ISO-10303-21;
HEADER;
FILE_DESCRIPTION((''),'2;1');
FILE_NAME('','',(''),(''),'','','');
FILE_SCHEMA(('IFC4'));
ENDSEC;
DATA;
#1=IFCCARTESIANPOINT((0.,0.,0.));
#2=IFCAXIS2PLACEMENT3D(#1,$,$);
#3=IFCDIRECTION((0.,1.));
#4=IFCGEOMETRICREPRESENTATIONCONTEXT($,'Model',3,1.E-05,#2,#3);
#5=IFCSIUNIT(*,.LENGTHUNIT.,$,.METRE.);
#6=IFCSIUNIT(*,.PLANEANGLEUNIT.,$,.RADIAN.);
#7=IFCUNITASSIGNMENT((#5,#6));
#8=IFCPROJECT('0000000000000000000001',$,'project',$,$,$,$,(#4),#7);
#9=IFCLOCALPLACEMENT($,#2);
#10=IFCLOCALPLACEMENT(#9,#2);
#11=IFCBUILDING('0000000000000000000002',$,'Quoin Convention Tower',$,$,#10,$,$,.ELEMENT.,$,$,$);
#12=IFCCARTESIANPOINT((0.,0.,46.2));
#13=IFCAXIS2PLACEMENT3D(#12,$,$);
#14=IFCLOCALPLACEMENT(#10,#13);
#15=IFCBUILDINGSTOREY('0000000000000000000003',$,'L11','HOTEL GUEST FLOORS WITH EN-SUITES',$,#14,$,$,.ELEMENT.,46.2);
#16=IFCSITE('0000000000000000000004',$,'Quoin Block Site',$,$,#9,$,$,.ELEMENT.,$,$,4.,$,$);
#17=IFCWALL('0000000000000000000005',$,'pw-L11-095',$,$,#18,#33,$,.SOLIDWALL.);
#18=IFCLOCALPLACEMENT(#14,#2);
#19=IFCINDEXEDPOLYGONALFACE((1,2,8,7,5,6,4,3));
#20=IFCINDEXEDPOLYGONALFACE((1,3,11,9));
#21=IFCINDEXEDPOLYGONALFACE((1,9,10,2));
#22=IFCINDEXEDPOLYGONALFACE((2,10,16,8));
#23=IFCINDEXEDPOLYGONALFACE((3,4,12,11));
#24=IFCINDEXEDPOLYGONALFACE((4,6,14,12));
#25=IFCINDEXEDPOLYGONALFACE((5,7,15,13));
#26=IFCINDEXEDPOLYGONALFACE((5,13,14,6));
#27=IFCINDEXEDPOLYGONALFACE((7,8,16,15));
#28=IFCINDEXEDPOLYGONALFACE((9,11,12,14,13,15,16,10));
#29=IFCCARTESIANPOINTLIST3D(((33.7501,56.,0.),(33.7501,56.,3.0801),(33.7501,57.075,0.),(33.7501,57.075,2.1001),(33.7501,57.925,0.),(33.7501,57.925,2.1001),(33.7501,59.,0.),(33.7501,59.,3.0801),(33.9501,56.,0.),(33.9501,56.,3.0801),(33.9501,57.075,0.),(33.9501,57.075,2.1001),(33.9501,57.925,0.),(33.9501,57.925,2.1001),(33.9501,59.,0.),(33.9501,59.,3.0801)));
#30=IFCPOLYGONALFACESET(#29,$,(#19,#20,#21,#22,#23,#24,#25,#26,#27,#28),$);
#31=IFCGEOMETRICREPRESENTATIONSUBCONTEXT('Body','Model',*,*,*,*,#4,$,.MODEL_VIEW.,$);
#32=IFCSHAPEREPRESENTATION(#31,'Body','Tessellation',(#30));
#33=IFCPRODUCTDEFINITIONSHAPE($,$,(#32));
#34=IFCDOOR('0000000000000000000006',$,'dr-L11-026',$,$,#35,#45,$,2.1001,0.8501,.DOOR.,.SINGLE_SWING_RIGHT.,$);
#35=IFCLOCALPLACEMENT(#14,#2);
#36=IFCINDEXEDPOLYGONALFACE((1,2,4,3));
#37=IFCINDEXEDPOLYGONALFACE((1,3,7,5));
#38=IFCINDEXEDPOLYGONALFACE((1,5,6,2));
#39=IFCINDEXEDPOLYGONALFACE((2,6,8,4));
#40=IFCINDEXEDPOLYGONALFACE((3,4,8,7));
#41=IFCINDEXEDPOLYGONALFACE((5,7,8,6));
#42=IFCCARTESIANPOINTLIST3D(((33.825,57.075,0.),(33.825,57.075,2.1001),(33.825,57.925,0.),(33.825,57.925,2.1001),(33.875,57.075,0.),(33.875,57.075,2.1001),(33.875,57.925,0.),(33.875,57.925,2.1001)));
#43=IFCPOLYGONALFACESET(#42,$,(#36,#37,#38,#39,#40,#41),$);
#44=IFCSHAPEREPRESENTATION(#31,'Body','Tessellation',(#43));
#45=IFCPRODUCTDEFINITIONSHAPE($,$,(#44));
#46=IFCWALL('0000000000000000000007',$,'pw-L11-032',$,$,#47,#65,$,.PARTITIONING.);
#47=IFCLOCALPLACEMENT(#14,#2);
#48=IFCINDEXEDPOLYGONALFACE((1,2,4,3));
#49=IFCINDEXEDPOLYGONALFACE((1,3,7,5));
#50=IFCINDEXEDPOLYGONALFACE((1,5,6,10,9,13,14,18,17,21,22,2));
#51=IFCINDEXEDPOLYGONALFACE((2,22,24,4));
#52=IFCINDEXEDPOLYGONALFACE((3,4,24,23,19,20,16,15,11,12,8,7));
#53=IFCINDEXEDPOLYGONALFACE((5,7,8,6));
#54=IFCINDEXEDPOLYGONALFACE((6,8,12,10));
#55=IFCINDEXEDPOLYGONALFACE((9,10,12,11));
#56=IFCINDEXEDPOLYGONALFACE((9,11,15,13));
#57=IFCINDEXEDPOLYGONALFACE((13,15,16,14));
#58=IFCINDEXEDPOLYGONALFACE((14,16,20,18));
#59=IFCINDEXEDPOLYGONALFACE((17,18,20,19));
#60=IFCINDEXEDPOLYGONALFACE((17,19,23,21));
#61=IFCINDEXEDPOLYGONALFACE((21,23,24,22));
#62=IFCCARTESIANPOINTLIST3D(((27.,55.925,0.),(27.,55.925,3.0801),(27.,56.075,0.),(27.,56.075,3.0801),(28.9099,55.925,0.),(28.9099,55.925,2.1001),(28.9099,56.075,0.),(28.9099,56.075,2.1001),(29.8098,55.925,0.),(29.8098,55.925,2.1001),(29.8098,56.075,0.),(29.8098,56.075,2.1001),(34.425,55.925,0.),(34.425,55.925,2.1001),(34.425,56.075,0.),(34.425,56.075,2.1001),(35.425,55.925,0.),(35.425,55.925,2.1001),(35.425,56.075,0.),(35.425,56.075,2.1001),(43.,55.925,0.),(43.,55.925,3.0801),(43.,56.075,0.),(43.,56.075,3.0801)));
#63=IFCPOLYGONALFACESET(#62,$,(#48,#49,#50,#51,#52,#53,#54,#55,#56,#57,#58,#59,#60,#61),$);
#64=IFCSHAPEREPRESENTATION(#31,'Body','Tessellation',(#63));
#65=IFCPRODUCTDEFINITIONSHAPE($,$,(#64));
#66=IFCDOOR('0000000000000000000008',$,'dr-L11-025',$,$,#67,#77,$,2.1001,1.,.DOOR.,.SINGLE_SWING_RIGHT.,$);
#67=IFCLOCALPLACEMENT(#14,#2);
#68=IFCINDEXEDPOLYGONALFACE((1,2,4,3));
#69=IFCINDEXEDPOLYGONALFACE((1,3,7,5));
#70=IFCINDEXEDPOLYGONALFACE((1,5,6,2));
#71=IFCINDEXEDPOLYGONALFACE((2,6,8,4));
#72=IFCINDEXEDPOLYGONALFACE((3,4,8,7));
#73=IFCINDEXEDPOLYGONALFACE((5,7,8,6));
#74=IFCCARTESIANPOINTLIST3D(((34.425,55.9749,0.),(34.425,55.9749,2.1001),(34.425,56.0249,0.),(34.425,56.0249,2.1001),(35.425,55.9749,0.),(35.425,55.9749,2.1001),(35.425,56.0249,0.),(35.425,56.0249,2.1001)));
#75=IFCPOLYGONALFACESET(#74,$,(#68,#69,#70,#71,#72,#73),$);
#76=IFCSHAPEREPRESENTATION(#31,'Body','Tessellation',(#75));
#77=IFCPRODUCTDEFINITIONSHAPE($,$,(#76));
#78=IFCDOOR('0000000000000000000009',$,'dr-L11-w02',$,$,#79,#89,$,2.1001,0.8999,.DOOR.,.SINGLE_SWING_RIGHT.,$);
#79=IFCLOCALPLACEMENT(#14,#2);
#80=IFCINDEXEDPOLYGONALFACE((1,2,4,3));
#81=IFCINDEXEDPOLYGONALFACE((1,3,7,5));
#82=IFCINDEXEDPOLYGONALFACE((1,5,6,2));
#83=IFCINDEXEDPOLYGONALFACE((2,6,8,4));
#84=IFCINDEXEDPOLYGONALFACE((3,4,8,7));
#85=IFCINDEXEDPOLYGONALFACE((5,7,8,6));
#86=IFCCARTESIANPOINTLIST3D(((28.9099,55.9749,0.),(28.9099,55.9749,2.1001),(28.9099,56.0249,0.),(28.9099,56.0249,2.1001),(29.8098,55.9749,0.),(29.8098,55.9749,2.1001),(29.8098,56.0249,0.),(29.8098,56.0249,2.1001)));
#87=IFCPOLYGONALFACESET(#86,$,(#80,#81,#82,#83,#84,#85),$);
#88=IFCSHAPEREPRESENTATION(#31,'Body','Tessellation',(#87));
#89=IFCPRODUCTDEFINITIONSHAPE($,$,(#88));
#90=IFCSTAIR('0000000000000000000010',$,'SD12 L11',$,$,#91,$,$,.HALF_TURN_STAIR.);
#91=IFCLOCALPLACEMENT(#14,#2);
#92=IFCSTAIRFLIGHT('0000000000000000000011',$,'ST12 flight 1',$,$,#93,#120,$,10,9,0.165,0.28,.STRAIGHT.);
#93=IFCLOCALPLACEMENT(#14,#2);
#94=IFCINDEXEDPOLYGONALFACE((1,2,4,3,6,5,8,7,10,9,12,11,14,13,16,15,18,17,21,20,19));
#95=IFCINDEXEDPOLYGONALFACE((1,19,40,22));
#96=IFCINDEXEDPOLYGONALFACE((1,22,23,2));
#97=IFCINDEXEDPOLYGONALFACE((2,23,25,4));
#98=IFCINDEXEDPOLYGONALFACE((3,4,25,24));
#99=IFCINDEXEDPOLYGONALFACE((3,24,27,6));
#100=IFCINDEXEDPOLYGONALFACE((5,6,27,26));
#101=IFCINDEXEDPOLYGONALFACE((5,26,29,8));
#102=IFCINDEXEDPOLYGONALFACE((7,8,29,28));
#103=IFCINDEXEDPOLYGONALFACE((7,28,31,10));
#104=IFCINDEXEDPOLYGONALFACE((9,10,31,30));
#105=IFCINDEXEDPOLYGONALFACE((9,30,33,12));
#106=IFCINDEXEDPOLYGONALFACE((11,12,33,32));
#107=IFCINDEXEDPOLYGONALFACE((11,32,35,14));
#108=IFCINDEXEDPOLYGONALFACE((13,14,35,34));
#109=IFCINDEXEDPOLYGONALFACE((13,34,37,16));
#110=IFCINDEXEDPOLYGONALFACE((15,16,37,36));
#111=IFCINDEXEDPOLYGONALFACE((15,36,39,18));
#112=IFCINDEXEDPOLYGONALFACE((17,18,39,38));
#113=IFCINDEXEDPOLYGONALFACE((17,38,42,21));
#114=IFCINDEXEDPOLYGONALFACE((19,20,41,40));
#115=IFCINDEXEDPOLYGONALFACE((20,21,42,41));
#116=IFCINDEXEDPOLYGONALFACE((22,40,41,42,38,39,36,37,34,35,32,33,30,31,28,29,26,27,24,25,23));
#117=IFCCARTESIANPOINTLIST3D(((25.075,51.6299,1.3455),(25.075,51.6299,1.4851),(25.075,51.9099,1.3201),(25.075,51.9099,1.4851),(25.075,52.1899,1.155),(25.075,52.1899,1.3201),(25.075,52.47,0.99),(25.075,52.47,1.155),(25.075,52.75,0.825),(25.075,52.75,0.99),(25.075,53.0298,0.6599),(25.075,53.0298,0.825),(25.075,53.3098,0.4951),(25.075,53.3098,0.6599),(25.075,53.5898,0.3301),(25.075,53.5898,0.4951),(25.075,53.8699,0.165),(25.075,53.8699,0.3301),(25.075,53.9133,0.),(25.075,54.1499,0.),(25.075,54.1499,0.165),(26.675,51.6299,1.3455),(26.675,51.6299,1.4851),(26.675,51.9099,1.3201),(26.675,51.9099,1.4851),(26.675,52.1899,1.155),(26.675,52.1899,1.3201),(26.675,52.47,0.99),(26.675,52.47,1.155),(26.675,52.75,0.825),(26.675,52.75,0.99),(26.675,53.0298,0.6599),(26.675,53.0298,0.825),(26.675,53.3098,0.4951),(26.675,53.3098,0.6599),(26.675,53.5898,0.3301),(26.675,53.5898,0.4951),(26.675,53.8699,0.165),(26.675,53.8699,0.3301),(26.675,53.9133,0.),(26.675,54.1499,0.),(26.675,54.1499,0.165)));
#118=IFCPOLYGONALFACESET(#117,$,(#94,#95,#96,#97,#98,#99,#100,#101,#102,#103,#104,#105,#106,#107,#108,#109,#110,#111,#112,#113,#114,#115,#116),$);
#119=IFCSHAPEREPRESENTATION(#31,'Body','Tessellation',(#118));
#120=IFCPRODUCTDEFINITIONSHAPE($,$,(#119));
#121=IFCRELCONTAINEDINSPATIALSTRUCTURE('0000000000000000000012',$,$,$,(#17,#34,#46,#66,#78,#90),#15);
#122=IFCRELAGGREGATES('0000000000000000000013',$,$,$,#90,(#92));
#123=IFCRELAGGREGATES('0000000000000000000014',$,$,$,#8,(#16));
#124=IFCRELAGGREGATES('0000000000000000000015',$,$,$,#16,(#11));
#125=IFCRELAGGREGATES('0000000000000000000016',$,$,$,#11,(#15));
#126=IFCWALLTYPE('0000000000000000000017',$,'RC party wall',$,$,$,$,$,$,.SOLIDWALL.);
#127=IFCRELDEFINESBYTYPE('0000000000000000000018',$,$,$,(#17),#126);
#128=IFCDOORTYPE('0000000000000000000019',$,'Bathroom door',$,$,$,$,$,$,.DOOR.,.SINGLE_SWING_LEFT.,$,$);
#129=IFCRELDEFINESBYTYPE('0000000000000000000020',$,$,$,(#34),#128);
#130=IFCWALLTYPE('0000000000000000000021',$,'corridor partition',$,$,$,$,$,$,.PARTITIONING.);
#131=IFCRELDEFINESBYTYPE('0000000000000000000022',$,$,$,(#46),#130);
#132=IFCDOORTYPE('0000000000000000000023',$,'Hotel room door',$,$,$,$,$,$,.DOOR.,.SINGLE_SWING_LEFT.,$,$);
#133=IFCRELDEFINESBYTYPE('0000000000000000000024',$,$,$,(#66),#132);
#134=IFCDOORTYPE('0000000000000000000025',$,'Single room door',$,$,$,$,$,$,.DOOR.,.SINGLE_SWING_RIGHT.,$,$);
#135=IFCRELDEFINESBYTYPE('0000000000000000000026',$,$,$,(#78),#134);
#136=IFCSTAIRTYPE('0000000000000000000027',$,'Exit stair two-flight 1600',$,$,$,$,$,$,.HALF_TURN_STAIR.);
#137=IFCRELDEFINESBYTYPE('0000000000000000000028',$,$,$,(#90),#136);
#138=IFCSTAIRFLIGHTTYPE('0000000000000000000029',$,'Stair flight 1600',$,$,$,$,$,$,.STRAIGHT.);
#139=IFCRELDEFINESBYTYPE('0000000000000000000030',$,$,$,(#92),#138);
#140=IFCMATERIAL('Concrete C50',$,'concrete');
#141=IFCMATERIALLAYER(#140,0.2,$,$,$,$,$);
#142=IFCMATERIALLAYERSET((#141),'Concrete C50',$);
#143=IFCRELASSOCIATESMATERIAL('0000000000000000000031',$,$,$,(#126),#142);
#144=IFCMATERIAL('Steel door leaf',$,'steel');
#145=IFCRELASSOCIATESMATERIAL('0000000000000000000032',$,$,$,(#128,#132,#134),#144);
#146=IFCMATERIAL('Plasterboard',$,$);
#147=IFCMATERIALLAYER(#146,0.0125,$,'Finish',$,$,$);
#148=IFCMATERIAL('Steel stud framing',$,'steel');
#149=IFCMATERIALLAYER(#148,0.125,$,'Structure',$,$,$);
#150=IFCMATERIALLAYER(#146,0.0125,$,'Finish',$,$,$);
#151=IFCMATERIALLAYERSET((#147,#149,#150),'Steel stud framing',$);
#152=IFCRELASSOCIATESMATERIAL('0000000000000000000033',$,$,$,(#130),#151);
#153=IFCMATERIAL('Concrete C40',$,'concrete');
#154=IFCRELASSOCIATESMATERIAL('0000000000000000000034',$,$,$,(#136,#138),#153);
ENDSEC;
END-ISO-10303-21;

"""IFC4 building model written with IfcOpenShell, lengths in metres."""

from ifc_helpers import new_model, si_unit, direction, frame, frame_2d, origin, place, context, subcontext, project, spatial, polyline, rectangle, outline, extrude, material, layer, layer_set, type_object, element, fill, aggregate, save


model = new_model("IFC4")

# Units and contexts
model_context = context("Model", 3, precision=1e-05, world=origin(), true_north=direction((0.0, 1.0)))
body_context = subcontext(model_context, "Body", "Model", "MODEL_VIEW")
ifc_project = project(units=[si_unit("LENGTHUNIT", "METRE"), si_unit("PLANEANGLEUNIT", "RADIAN")], contexts=[model_context])

# Site, building, storey
site_placement = place(None, origin())
site = spatial("IfcSite", under=ifc_project, at=site_placement, Name="Quoin Block Site", CompositionType="ELEMENT", RefElevation=4.0)
building_placement = place(site_placement, origin())
building = spatial("IfcBuilding", under=site, at=building_placement, Name="Quoin Convention Tower", CompositionType="ELEMENT")
storey_placement = place(building_placement, frame((0.0, 0.0, 46.2)))
storey = spatial("IfcBuildingStorey", under=building, at=storey_placement, Name="L11", Description="HOTEL GUEST FLOORS WITH EN-SUITES", CompositionType="ELEMENT", Elevation=46.2)

# Shared definitions
ifc_material_1 = material(Name="Concrete C50", Category="concrete")

# Shared definitions
ifc_material_2 = material(Name="Steel door leaf", Category="steel")

# Shared definitions
ifc_layer_1 = layer(ifc_material_1, 0.2)
ifc_layer_set_1 = layer_set([ifc_layer_1], Name="Concrete C50")
wall_type_1 = type_object("IfcWallType", Name="RC party wall", PredefinedType="SOLIDWALL", material=ifc_layer_set_1)

# Wall, opening, door
wall_1_placement = place(storey_placement, frame((33.8501, 56.0, 0.0), z_axis=(0.0, 0.0, 1.0), x_axis=(0.0, 1.0, 0.0)))
wall_1 = element("IfcWall", 1, at=wall_1_placement, inside=storey, type_object=wall_type_1, Name="pw-L11-095", PredefinedType="SOLIDWALL", context=body_context, shape_type="SweptSolid", body=[
    extrude(rectangle(XDim=3.0, YDim=0.2, at=frame_2d((1.5, 0.0))), origin(), (0.0, 0.0, 1.0), 3.0801),
])
opening_1_placement = place(wall_1_placement, frame((1.075, 0.0, 0.0)))
opening_1 = element("IfcOpeningElement", 2, at=opening_1_placement, cuts=wall_1, PredefinedType="OPENING", context=body_context, shape_type="SweptSolid", body=[
    extrude(rectangle(XDim=0.8501, YDim=2.1001, at=frame_2d((0.425, 1.05))), frame((0.0, 0.1099, 0.0), z_axis=(0.0, -1.0, 0.0), x_axis=(1.0, 0.0, 0.0)), (0.0, 0.0, 1.0), 0.22),
])
door_type_1 = type_object("IfcDoorType", Name="Bathroom door", OperationType="SINGLE_SWING_LEFT", PredefinedType="DOOR", material=ifc_material_2)
door_1_placement = place(opening_1_placement, frame((0.8501, 0.0, 0.0), z_axis=(0.0, 0.0, 1.0), x_axis=(-1.0, 0.0, 0.0)))
door_1 = element("IfcDoor", 3, at=door_1_placement, inside=storey, type_object=door_type_1, Name="dr-L11-026", OperationType="SINGLE_SWING_RIGHT", OverallHeight=2.1001, OverallWidth=0.8501, PredefinedType="DOOR", context=body_context, shape_type="SweptSolid", body=[
    extrude(rectangle(XDim=0.8501, YDim=2.1001, at=frame_2d((0.425, 1.05))), frame((0.0, 0.0249, 0.0), z_axis=(0.0, -1.0, 0.0), x_axis=(1.0, 0.0, 0.0)), (0.0, 0.0, 1.0), 0.05),
])
fill(opening_1, door_1)

# Wall, openings, doors
ifc_material_3 = material(Name="Plasterboard")
ifc_layer_2 = layer(ifc_material_3, 0.0125, Name="Finish")
ifc_material_4 = material(Name="Steel stud framing", Category="steel")
ifc_layer_3 = layer(ifc_material_4, 0.125, Name="Structure")
ifc_layer_4 = layer(ifc_material_3, 0.0125, Name="Finish")
ifc_layer_set_2 = layer_set([ifc_layer_2, ifc_layer_3, ifc_layer_4], Name="Steel stud framing")
wall_type_2 = type_object("IfcWallType", Name="corridor partition", PredefinedType="PARTITIONING", material=ifc_layer_set_2)
wall_2_placement = place(storey_placement, frame((27.0, 56.0, 0.0), z_axis=(0.0, 0.0, 1.0), x_axis=(1.0, 0.0, 0.0)))
wall_2 = element("IfcWall", 4, at=wall_2_placement, inside=storey, type_object=wall_type_2, Name="pw-L11-032", PredefinedType="PARTITIONING", context=body_context, shape_type="SweptSolid", body=[
    extrude(rectangle(XDim=16.0, YDim=0.1499, at=frame_2d((8.0, 0.0))), origin(), (0.0, 0.0, 1.0), 3.0801),
])
opening_2_placement = place(wall_2_placement, frame((7.425, 0.0, 0.0)))
opening_2 = element("IfcOpeningElement", 5, at=opening_2_placement, cuts=wall_2, PredefinedType="OPENING", context=body_context, shape_type="SweptSolid", body=[
    extrude(rectangle(XDim=1.0, YDim=2.1001, at=frame_2d((0.5, 1.05))), frame((0.0, 0.085, 0.0), z_axis=(0.0, -1.0, 0.0), x_axis=(1.0, 0.0, 0.0)), (0.0, 0.0, 1.0), 0.1699),
])
opening_3_placement = place(wall_2_placement, frame((1.9099, 0.0, 0.0)))
opening_3 = element("IfcOpeningElement", 6, at=opening_3_placement, cuts=wall_2, PredefinedType="OPENING", context=body_context, shape_type="SweptSolid", body=[
    extrude(rectangle(XDim=0.8999, YDim=2.1001, at=frame_2d((0.45, 1.05))), frame((0.0, 0.085, 0.0), z_axis=(0.0, -1.0, 0.0), x_axis=(1.0, 0.0, 0.0)), (0.0, 0.0, 1.0), 0.1699),
])
door_type_2 = type_object("IfcDoorType", Name="Hotel room door", OperationType="SINGLE_SWING_LEFT", PredefinedType="DOOR", material=ifc_material_2)
door_2_placement = place(opening_2_placement, origin())
door_2 = element("IfcDoor", 7, at=door_2_placement, inside=storey, type_object=door_type_2, Name="dr-L11-025", OperationType="SINGLE_SWING_RIGHT", OverallHeight=2.1001, OverallWidth=1.0, PredefinedType="DOOR", context=body_context, shape_type="SweptSolid", body=[
    extrude(rectangle(XDim=1.0, YDim=2.1001, at=frame_2d((0.5, 1.05))), frame((0.0, 0.0249, 0.0), z_axis=(0.0, -1.0, 0.0), x_axis=(1.0, 0.0, 0.0)), (0.0, 0.0, 1.0), 0.05),
])
fill(opening_2, door_2)
door_type_3 = type_object("IfcDoorType", Name="Single room door", OperationType="SINGLE_SWING_RIGHT", PredefinedType="DOOR", material=ifc_material_2)
door_3_placement = place(opening_3_placement, origin())
door_3 = element("IfcDoor", 8, at=door_3_placement, inside=storey, type_object=door_type_3, Name="dr-L11-w02", OperationType="SINGLE_SWING_RIGHT", OverallHeight=2.1001, OverallWidth=0.8999, PredefinedType="DOOR", context=body_context, shape_type="SweptSolid", body=[
    extrude(rectangle(XDim=0.8999, YDim=2.1001, at=frame_2d((0.45, 1.05))), frame((0.0, 0.0249, 0.0), z_axis=(0.0, -1.0, 0.0), x_axis=(1.0, 0.0, 0.0)), (0.0, 0.0, 1.0), 0.05),
])
fill(opening_3, door_3)

# Stair, stair flight
ifc_material_5 = material(Name="Concrete C40", Category="concrete")
stair_type = type_object("IfcStairType", Name="Exit stair two-flight 1600", PredefinedType="HALF_TURN_STAIR", material=ifc_material_5)
stair_placement = place(storey_placement, origin())
stair = element("IfcStair", 9, at=stair_placement, inside=storey, type_object=stair_type, Name="SD12 L11", PredefinedType="HALF_TURN_STAIR")
stair_flight_type = type_object("IfcStairFlightType", Name="Stair flight 1600", PredefinedType="STRAIGHT", material=ifc_material_5)
stair_flight_placement = place(storey_placement, frame((25.875, 54.1499, 0.0), z_axis=(0.0, 0.0, 1.0), x_axis=(0.0, -1.0, 0.0)))
stair_flight = element("IfcStairFlight", 10, at=stair_flight_placement, type_object=stair_flight_type, Name="ST12 flight 1", NumberOfRisers=10, NumberOfTreads=9, PredefinedType="STRAIGHT", RiserHeight=0.165, TreadLength=0.28, context=body_context, shape_type="SweptSolid", body=[
    extrude(outline(polyline([(0.0, 0.0), (0.0, 0.165), (0.28, 0.165), (0.28, 0.3301), (0.5601, 0.3301), (0.5601, 0.4951), (0.8401, 0.4951), (0.8401, 0.6599), (1.1201, 0.6599), (1.1201, 0.825), (1.3999, 0.825), (1.3999, 0.99), (1.6799, 0.99), (1.6799, 1.155), (1.96, 1.155), (1.96, 1.3201), (2.24, 1.3201), (2.24, 1.4851), (2.52, 1.4851), (2.52, 1.6499), (2.52, 1.3455), (0.2366, 0.0), (0.0, 0.0)])), frame((0.0, 0.8, 0.0), z_axis=(0.0, -1.0, 0.0), x_axis=(1.0, 0.0, 0.0)), (0.0, 0.0, 1.0), 1.6001),
])
aggregate(stair, [stair_flight])

save(model, "model.ifc")
